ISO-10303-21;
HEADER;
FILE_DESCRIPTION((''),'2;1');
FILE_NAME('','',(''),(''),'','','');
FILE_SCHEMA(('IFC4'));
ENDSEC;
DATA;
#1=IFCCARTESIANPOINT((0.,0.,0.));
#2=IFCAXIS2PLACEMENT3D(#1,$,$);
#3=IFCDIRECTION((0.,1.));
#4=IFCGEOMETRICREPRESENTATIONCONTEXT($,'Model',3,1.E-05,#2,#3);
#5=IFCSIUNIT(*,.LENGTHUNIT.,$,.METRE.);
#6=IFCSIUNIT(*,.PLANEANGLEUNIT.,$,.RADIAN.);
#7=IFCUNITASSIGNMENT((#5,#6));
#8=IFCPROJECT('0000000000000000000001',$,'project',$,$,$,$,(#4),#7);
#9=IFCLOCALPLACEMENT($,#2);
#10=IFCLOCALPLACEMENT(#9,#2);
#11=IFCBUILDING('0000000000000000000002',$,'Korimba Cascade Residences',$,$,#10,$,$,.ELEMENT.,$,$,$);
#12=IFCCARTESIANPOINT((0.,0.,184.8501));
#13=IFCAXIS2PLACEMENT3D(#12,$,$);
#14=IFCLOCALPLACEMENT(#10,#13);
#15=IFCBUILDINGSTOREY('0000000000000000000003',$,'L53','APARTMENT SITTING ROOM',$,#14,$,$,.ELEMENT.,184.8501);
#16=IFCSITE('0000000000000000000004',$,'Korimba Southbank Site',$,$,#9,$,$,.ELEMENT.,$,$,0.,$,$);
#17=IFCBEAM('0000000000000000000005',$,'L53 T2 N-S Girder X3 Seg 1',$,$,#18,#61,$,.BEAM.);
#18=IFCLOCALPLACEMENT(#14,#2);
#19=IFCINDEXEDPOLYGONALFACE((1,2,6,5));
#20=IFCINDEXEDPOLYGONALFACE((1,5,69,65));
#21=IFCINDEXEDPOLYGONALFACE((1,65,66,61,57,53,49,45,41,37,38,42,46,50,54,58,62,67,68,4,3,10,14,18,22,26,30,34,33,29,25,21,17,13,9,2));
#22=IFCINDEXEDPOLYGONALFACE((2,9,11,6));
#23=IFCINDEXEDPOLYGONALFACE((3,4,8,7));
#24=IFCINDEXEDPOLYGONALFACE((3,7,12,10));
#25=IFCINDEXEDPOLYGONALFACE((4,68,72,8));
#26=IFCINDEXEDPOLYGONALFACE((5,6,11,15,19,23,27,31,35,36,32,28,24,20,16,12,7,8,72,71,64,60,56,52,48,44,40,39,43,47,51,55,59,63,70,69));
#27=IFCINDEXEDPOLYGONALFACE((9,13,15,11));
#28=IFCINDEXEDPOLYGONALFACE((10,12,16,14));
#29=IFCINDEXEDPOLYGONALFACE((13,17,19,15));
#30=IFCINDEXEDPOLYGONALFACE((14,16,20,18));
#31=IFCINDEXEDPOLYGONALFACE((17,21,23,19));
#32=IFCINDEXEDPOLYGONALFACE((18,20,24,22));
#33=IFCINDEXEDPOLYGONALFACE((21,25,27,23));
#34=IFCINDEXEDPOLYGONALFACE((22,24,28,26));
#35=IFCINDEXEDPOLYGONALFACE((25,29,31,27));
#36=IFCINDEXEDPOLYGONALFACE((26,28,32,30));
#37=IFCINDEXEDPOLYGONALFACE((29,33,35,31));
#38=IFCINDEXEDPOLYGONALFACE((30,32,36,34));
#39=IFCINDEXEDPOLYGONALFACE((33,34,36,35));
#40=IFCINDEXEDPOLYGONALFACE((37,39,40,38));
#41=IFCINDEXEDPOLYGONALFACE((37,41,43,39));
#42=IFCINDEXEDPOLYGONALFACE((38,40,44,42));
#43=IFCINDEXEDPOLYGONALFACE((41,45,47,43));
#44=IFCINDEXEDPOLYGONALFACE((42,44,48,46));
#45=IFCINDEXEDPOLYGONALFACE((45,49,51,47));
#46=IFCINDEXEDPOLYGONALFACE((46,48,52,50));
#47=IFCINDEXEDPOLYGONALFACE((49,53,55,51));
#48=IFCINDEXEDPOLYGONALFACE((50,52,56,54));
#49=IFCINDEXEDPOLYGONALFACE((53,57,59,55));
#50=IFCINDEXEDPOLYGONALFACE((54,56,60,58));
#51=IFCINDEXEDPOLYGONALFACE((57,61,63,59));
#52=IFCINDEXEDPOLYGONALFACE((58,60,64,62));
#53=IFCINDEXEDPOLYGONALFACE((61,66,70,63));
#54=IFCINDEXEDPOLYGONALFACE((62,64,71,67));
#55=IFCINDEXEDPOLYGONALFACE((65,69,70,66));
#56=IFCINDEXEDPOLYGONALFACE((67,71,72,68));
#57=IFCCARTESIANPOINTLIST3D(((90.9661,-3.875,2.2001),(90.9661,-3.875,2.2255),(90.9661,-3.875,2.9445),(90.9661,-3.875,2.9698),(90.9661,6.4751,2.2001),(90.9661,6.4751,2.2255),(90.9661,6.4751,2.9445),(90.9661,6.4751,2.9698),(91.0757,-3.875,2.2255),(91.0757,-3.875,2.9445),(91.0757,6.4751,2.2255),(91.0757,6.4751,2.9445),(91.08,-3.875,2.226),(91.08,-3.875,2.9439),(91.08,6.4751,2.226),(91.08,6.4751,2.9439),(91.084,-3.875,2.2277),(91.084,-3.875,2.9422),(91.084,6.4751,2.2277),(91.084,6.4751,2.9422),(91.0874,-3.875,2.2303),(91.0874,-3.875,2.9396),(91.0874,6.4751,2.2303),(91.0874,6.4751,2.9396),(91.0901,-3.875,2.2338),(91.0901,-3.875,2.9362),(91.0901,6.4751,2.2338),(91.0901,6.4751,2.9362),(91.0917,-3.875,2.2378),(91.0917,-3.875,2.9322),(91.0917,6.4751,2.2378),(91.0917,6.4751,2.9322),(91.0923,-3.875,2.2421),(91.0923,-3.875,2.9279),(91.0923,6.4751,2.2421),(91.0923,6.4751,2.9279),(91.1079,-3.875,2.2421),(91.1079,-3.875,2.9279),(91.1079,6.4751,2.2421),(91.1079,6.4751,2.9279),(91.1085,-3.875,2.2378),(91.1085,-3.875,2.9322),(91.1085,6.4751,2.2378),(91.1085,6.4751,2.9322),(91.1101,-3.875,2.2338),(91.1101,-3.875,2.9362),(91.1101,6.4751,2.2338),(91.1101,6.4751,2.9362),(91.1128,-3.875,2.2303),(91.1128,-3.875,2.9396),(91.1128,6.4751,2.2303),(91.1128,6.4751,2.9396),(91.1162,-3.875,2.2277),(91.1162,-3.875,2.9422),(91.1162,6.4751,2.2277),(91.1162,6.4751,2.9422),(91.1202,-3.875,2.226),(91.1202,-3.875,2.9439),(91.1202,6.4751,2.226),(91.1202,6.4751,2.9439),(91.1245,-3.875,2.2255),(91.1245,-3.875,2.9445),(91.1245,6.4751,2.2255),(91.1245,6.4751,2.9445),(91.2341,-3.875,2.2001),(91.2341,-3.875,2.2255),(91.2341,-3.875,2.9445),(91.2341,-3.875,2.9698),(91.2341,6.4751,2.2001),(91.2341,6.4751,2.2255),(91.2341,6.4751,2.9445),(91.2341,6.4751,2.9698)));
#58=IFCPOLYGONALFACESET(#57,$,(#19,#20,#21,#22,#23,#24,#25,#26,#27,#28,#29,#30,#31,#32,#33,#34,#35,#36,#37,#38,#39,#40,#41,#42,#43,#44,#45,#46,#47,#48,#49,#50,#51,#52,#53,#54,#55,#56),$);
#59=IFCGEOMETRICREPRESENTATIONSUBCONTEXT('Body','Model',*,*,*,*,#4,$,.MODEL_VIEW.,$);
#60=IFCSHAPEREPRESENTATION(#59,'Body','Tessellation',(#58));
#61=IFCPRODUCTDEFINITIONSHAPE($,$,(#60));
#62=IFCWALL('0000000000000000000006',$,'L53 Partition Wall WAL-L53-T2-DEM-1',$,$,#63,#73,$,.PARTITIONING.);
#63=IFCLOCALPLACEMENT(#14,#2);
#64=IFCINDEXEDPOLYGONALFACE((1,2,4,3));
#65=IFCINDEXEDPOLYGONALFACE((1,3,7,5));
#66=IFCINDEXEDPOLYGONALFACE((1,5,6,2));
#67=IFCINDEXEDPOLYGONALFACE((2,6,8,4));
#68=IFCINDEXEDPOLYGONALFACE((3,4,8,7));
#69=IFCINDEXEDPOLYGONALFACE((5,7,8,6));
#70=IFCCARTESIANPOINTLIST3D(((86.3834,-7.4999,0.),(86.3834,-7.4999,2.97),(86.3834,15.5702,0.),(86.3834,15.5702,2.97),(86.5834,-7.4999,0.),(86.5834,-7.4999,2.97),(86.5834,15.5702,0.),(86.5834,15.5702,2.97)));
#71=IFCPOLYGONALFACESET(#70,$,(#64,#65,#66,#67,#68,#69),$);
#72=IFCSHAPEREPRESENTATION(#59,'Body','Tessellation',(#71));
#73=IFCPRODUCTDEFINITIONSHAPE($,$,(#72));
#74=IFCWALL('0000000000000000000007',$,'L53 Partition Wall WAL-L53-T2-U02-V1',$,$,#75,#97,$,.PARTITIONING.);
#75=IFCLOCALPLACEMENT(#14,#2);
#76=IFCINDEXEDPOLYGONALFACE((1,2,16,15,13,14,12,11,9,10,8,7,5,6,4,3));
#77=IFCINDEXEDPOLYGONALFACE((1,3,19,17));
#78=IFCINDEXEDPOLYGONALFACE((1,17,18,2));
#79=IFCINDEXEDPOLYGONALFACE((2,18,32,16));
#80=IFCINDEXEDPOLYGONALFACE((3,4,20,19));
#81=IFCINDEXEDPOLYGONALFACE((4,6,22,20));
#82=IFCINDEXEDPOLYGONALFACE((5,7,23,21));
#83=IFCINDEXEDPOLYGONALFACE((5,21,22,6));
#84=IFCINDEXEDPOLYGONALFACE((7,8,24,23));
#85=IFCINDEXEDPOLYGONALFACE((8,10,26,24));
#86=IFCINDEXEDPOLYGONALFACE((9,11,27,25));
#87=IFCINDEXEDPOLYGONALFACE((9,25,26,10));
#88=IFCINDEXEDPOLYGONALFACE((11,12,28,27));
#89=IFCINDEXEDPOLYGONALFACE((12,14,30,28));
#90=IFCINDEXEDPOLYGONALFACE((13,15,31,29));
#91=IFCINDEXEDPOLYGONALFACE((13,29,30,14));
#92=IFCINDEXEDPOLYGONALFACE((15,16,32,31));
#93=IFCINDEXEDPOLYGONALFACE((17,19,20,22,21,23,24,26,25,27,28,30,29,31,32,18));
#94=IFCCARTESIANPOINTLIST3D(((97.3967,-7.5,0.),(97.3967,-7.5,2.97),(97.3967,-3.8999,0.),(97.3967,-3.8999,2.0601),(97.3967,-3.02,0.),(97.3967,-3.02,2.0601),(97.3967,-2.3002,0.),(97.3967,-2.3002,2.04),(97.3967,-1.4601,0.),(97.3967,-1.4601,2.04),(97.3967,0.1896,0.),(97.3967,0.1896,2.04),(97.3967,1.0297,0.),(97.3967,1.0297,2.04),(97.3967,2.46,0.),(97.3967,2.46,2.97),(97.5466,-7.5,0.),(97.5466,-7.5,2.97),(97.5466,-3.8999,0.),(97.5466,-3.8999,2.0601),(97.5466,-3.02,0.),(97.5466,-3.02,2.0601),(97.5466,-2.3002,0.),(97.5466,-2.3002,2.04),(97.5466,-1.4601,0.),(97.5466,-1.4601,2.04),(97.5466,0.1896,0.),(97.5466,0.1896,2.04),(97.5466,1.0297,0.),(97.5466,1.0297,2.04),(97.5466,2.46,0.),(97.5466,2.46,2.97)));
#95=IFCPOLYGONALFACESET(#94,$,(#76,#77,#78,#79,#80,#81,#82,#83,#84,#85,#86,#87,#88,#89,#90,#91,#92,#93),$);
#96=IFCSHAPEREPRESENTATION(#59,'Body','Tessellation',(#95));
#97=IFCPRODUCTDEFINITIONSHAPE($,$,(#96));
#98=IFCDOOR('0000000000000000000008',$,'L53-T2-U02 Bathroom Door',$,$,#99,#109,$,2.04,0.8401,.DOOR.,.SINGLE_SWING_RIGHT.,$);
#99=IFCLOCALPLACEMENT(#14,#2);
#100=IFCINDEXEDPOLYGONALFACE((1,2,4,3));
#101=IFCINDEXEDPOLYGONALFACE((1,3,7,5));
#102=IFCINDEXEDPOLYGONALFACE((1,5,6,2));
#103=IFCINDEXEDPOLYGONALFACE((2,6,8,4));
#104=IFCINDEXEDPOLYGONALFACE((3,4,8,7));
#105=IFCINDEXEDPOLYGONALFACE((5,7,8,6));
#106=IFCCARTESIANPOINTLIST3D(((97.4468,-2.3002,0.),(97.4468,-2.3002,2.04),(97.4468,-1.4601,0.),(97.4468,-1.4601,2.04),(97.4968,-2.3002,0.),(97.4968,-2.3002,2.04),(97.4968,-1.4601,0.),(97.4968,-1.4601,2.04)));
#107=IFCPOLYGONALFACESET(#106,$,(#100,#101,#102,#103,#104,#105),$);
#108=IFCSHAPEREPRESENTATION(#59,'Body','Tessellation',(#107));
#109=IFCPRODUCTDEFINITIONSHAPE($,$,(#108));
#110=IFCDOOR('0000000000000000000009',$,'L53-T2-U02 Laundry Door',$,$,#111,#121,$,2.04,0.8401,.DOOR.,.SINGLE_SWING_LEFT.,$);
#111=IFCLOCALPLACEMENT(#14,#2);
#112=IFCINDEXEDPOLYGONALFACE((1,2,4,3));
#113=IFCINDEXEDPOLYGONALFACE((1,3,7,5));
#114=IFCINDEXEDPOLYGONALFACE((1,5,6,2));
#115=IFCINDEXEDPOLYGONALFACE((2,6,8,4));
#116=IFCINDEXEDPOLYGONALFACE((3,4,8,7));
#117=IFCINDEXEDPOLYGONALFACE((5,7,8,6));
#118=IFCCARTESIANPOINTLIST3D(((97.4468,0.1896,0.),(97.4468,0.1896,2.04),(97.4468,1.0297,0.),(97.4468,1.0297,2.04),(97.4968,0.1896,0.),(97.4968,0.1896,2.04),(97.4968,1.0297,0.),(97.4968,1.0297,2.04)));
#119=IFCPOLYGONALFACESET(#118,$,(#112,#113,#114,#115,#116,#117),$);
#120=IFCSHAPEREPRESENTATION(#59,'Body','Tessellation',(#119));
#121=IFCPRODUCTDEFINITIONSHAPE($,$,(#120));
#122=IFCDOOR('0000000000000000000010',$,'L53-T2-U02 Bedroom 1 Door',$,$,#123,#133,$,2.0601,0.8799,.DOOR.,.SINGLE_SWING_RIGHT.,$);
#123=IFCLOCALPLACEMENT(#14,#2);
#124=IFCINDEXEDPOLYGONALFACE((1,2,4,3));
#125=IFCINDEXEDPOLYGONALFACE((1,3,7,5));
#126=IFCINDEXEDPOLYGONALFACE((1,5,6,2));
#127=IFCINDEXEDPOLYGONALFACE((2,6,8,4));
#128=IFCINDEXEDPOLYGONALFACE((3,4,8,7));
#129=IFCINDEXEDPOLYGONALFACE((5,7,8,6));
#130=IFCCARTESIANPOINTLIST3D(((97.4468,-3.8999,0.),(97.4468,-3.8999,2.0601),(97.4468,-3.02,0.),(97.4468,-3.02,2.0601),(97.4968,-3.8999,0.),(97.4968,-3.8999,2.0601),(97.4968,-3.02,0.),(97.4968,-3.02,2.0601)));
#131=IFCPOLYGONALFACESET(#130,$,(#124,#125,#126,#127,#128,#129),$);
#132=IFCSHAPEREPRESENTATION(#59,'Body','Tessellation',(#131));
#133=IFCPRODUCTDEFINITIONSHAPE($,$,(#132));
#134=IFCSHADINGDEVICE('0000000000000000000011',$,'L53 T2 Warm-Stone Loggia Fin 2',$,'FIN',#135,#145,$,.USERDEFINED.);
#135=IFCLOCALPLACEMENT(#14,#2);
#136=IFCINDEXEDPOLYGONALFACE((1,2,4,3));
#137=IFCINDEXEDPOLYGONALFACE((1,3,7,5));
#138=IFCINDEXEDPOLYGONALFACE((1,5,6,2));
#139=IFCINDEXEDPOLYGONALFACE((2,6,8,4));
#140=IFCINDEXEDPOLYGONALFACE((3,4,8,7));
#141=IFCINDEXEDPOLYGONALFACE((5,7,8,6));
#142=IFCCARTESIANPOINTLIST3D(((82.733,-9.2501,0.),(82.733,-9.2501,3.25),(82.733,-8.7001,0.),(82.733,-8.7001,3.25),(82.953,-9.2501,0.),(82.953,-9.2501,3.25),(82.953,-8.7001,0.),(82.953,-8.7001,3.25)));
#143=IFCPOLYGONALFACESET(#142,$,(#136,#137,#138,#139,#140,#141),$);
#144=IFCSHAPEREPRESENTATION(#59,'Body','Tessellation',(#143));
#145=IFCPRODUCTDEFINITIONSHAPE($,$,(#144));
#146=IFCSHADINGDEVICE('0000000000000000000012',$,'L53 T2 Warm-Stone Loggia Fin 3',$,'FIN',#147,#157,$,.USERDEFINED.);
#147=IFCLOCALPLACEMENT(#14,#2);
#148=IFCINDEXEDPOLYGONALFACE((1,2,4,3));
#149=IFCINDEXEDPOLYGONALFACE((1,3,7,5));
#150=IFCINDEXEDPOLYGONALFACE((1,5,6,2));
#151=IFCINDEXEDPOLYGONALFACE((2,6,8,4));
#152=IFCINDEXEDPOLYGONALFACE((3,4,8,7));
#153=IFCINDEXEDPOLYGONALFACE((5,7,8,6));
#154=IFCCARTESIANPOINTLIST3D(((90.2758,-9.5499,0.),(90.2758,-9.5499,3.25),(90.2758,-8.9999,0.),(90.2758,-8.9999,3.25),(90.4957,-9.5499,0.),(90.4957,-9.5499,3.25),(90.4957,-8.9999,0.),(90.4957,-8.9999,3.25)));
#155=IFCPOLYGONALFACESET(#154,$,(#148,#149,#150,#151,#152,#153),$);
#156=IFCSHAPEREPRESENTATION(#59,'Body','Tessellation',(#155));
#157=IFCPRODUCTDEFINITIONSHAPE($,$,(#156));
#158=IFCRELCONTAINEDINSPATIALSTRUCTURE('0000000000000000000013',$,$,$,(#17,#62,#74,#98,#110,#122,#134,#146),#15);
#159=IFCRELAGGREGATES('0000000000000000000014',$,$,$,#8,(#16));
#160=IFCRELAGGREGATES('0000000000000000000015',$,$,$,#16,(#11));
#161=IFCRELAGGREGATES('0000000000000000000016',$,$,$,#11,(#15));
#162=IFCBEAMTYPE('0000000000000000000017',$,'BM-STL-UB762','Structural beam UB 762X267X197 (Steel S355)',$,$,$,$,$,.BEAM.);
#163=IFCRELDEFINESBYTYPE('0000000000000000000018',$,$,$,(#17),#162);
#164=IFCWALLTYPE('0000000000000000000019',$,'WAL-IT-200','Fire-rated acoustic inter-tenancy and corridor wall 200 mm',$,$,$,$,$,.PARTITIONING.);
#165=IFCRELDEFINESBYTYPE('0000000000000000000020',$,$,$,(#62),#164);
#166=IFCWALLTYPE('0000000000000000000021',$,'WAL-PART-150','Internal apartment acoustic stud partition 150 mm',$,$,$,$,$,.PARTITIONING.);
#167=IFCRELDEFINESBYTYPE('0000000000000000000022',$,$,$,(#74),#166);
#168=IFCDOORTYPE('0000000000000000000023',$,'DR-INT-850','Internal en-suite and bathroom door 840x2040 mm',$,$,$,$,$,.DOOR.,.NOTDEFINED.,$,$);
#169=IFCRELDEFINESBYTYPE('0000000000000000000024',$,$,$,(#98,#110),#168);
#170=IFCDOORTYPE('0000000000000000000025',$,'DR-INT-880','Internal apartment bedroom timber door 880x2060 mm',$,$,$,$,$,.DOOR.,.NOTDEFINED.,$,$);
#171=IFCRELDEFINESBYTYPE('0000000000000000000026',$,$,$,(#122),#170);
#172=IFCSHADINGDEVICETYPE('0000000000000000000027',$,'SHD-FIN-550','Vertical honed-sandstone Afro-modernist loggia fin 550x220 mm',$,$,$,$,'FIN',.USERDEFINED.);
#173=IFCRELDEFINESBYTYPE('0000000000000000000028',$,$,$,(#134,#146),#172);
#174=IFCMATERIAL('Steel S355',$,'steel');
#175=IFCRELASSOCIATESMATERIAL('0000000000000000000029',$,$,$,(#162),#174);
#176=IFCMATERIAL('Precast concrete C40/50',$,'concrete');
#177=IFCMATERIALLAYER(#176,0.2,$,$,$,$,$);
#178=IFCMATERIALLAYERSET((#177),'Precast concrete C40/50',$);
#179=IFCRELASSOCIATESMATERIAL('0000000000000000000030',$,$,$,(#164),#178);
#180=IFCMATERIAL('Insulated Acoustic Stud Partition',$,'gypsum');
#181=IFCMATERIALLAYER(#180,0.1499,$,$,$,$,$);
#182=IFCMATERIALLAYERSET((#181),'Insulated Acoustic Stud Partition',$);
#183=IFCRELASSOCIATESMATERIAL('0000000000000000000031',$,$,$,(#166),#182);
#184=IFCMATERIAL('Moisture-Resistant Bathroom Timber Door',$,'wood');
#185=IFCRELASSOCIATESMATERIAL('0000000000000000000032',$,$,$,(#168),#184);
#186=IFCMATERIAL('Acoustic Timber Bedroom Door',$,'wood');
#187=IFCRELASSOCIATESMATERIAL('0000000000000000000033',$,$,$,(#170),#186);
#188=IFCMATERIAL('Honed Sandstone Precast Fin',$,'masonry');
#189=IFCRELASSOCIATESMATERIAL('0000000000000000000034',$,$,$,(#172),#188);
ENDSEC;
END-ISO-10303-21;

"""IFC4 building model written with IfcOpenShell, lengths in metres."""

from ifc_helpers import new_model, si_unit, direction, frame, frame_2d, origin, origin_2d, place, context, subcontext, project, spatial, rectangle, i_section, extrude, material, layer, layer_set, material_profile, profile_set, type_object, element, fill, save


model = new_model("IFC4")

# Units and contexts
model_context = context("Model", 3, precision=1e-05, world=origin(), true_north=direction((0.0, 1.0)))
body_context = subcontext(model_context, "Body", "Model", "MODEL_VIEW")
ifc_project = project(units=[si_unit("LENGTHUNIT", "METRE"), si_unit("PLANEANGLEUNIT", "RADIAN")], contexts=[model_context])

# Site, building, storey
site_placement = place(None, origin())
site = spatial("IfcSite", under=ifc_project, at=site_placement, Name="Korimba Southbank Site", CompositionType="ELEMENT", RefElevation=0.0)
building_placement = place(site_placement, origin())
building = spatial("IfcBuilding", under=site, at=building_placement, Name="Korimba Cascade Residences", CompositionType="ELEMENT")
storey_placement = place(building_placement, frame((0.0, 0.0, 184.8501)))
storey = spatial("IfcBuildingStorey", under=building, at=storey_placement, Name="L53", Description="APARTMENT SITTING ROOM", CompositionType="ELEMENT", Elevation=184.8501)

# Beam
ifc_material_1 = material(Name="Steel S355", Category="steel")
ifc_material_profile_1 = material_profile(ifc_material_1, i_section(OverallWidth=0.2681, OverallDepth=0.7698, WebThickness=0.0156, FlangeThickness=0.0254, FilletRadius=0.0166, at=origin_2d()), Name="Steel S355")
ifc_profile_set_1 = profile_set([ifc_material_profile_1], Name="Steel S355")
beam_type_1 = type_object("IfcBeamType", Name="BM-STL-UB762", Description="Structural beam UB 762X267X197 (Steel S355)", PredefinedType="BEAM", material=ifc_profile_set_1)
for number, where, z_axis, x_axis, name in (
    (1, (91.1001, -3.875, 2.585), (0.0, 1.0, 0.0), (-1.0, 0.0, 0.0), "L53 T2 N-S Girder X3 Seg 1"),
):
    element("IfcBeam", number, at=place(storey_placement, frame(where, z_axis=z_axis, x_axis=x_axis)), inside=storey, type_object=beam_type_1, Name=name, PredefinedType="BEAM", context=body_context, shape_type="SweptSolid", body=[
        extrude(i_section(OverallWidth=0.2681, OverallDepth=0.7698, WebThickness=0.0156, FlangeThickness=0.0254, FilletRadius=0.0166, at=origin_2d()), origin(), (0.0, 0.0, 1.0), 10.3501),
    ])

# Wall
ifc_material_2 = material(Name="Precast concrete C40/50", Category="concrete")
ifc_layer_1 = layer(ifc_material_2, 0.2)
ifc_layer_set_1 = layer_set([ifc_layer_1], Name="Precast concrete C40/50")
wall_type_1 = type_object("IfcWallType", Name="WAL-IT-200", Description="Fire-rated acoustic inter-tenancy and corridor wall 200 mm", PredefinedType="PARTITIONING", material=ifc_layer_set_1)
wall_1_placement = place(storey_placement, frame((86.4834, -7.5, 0.0), z_axis=(0.0, 0.0, 1.0), x_axis=(0.0, 1.0, 0.0)))
element("IfcWall", 2, at=wall_1_placement, inside=storey, type_object=wall_type_1, Name="L53 Partition Wall WAL-L53-T2-DEM-1", PredefinedType="PARTITIONING", context=body_context, shape_type="SweptSolid", body=[
    extrude(rectangle(XDim=23.0701, YDim=0.2, at=frame_2d((11.5352, 0.0))), origin(), (0.0, 0.0, 1.0), 2.97),
])

# Wall, openings, doors
ifc_material_3 = material(Name="Insulated Acoustic Stud Partition", Category="gypsum")
ifc_layer_2 = layer(ifc_material_3, 0.1499)
ifc_layer_set_2 = layer_set([ifc_layer_2], Name="Insulated Acoustic Stud Partition")
wall_type_2 = type_object("IfcWallType", Name="WAL-PART-150", Description="Internal apartment acoustic stud partition 150 mm", PredefinedType="PARTITIONING", material=ifc_layer_set_2)
wall_2_placement = place(storey_placement, frame((97.4717, -7.5, 0.0), z_axis=(0.0, 0.0, 1.0), x_axis=(0.0, 1.0, 0.0)))
wall_2 = element("IfcWall", 3, at=wall_2_placement, inside=storey, type_object=wall_type_2, Name="L53 Partition Wall WAL-L53-T2-U02-V1", PredefinedType="PARTITIONING", context=body_context, shape_type="SweptSolid", body=[
    extrude(rectangle(XDim=9.96, YDim=0.1499, at=frame_2d((4.98, 0.0))), origin(), (0.0, 0.0, 1.0), 2.97),
])
opening_1_placement = place(wall_2_placement, frame((5.2, 0.0, 0.0)))
opening_1 = element("IfcOpeningElement", 4, at=opening_1_placement, cuts=wall_2, PredefinedType="OPENING", context=body_context, shape_type="SweptSolid", body=[
    extrude(rectangle(XDim=0.8401, YDim=2.04, at=frame_2d((0.4199, 1.02))), frame((0.0, 0.085, 0.0), z_axis=(0.0, -1.0, 0.0), x_axis=(1.0, 0.0, 0.0)), (0.0, 0.0, 1.0), 0.1699),
])
opening_2_placement = place(wall_2_placement, frame((7.6897, 0.0, 0.0)))
opening_2 = element("IfcOpeningElement", 5, at=opening_2_placement, cuts=wall_2, PredefinedType="OPENING", context=body_context, shape_type="SweptSolid", body=[
    extrude(rectangle(XDim=0.8401, YDim=2.04, at=frame_2d((0.4199, 1.02))), frame((0.0, 0.085, 0.0), z_axis=(0.0, -1.0, 0.0), x_axis=(1.0, 0.0, 0.0)), (0.0, 0.0, 1.0), 0.1699),
])
opening_3_placement = place(wall_2_placement, frame((3.6001, 0.0, 0.0)))
opening_3 = element("IfcOpeningElement", 6, at=opening_3_placement, cuts=wall_2, PredefinedType="OPENING", context=body_context, shape_type="SweptSolid", body=[
    extrude(rectangle(XDim=0.8799, YDim=2.0601, at=frame_2d((0.4399, 1.03))), frame((0.0, 0.085, 0.0), z_axis=(0.0, -1.0, 0.0), x_axis=(1.0, 0.0, 0.0)), (0.0, 0.0, 1.0), 0.1699),
])
ifc_material_4 = material(Name="Moisture-Resistant Bathroom Timber Door", Category="wood")
door_type_1 = type_object("IfcDoorType", Name="DR-INT-850", Description="Internal en-suite and bathroom door 840x2040 mm", OperationType="NOTDEFINED", PredefinedType="DOOR", material=ifc_material_4)
door_1_placement = place(opening_1_placement, origin())
door_1 = element("IfcDoor", 7, at=door_1_placement, inside=storey, type_object=door_type_1, Name="L53-T2-U02 Bathroom Door", OperationType="SINGLE_SWING_RIGHT", OverallHeight=2.04, OverallWidth=0.8401, PredefinedType="DOOR", context=body_context, shape_type="SweptSolid", body=[
    extrude(rectangle(XDim=0.8401, YDim=2.04, at=frame_2d((0.4199, 1.02))), frame((0.0, 0.0249, 0.0), z_axis=(0.0, -1.0, 0.0), x_axis=(1.0, 0.0, 0.0)), (0.0, 0.0, 1.0), 0.05),
])
fill(opening_1, door_1)
door_2_placement = place(opening_2_placement, origin())
door_2 = element("IfcDoor", 8, at=door_2_placement, inside=storey, type_object=door_type_1, Name="L53-T2-U02 Laundry Door", OperationType="SINGLE_SWING_LEFT", OverallHeight=2.04, OverallWidth=0.8401, PredefinedType="DOOR", context=body_context, shape_type="SweptSolid", body=[
    extrude(rectangle(XDim=0.8401, YDim=2.04, at=frame_2d((0.4199, 1.02))), frame((0.0, 0.0249, 0.0), z_axis=(0.0, -1.0, 0.0), x_axis=(1.0, 0.0, 0.0)), (0.0, 0.0, 1.0), 0.05),
])
fill(opening_2, door_2)
ifc_material_5 = material(Name="Acoustic Timber Bedroom Door", Category="wood")
door_type_2 = type_object("IfcDoorType", Name="DR-INT-880", Description="Internal apartment bedroom timber door 880x2060 mm", OperationType="NOTDEFINED", PredefinedType="DOOR", material=ifc_material_5)
door_3_placement = place(opening_3_placement, origin())
door_3 = element("IfcDoor", 9, at=door_3_placement, inside=storey, type_object=door_type_2, Name="L53-T2-U02 Bedroom 1 Door", OperationType="SINGLE_SWING_RIGHT", OverallHeight=2.0601, OverallWidth=0.8799, PredefinedType="DOOR", context=body_context, shape_type="SweptSolid", body=[
    extrude(rectangle(XDim=0.8799, YDim=2.0601, at=frame_2d((0.4399, 1.03))), frame((0.0, 0.0249, 0.0), z_axis=(0.0, -1.0, 0.0), x_axis=(1.0, 0.0, 0.0)), (0.0, 0.0, 1.0), 0.05),
])
fill(opening_3, door_3)

# Shading devices
ifc_material_6 = material(Name="Honed Sandstone Precast Fin", Category="masonry")
shading_device_type = type_object("IfcShadingDeviceType", Name="SHD-FIN-550", Description="Vertical honed-sandstone Afro-modernist loggia fin 550x220 mm", ElementType="FIN", PredefinedType="USERDEFINED", material=ifc_material_6)
for number, where, z_axis, x_axis, name in (
    (10, (82.843, -8.9751, 0.0), (0.0, 0.0, 1.0), (1.0, 0.0, 0.0), "L53 T2 Warm-Stone Loggia Fin 2"),
    (11, (90.3857, -9.2749, 0.0), (0.0, 0.0, 1.0), (1.0, 0.0, 0.0), "L53 T2 Warm-Stone Loggia Fin 3"),
):
    element("IfcShadingDevice", number, at=place(storey_placement, frame(where, z_axis=z_axis, x_axis=x_axis)), inside=storey, type_object=shading_device_type, Name=name, ObjectType="FIN", PredefinedType="USERDEFINED", context=body_context, shape_type="SweptSolid", body=[
        extrude(rectangle(XDim=0.22, YDim=0.55, at=origin_2d()), origin(), (0.0, 0.0, 1.0), 3.25),
    ])

save(model, "model.ifc")
